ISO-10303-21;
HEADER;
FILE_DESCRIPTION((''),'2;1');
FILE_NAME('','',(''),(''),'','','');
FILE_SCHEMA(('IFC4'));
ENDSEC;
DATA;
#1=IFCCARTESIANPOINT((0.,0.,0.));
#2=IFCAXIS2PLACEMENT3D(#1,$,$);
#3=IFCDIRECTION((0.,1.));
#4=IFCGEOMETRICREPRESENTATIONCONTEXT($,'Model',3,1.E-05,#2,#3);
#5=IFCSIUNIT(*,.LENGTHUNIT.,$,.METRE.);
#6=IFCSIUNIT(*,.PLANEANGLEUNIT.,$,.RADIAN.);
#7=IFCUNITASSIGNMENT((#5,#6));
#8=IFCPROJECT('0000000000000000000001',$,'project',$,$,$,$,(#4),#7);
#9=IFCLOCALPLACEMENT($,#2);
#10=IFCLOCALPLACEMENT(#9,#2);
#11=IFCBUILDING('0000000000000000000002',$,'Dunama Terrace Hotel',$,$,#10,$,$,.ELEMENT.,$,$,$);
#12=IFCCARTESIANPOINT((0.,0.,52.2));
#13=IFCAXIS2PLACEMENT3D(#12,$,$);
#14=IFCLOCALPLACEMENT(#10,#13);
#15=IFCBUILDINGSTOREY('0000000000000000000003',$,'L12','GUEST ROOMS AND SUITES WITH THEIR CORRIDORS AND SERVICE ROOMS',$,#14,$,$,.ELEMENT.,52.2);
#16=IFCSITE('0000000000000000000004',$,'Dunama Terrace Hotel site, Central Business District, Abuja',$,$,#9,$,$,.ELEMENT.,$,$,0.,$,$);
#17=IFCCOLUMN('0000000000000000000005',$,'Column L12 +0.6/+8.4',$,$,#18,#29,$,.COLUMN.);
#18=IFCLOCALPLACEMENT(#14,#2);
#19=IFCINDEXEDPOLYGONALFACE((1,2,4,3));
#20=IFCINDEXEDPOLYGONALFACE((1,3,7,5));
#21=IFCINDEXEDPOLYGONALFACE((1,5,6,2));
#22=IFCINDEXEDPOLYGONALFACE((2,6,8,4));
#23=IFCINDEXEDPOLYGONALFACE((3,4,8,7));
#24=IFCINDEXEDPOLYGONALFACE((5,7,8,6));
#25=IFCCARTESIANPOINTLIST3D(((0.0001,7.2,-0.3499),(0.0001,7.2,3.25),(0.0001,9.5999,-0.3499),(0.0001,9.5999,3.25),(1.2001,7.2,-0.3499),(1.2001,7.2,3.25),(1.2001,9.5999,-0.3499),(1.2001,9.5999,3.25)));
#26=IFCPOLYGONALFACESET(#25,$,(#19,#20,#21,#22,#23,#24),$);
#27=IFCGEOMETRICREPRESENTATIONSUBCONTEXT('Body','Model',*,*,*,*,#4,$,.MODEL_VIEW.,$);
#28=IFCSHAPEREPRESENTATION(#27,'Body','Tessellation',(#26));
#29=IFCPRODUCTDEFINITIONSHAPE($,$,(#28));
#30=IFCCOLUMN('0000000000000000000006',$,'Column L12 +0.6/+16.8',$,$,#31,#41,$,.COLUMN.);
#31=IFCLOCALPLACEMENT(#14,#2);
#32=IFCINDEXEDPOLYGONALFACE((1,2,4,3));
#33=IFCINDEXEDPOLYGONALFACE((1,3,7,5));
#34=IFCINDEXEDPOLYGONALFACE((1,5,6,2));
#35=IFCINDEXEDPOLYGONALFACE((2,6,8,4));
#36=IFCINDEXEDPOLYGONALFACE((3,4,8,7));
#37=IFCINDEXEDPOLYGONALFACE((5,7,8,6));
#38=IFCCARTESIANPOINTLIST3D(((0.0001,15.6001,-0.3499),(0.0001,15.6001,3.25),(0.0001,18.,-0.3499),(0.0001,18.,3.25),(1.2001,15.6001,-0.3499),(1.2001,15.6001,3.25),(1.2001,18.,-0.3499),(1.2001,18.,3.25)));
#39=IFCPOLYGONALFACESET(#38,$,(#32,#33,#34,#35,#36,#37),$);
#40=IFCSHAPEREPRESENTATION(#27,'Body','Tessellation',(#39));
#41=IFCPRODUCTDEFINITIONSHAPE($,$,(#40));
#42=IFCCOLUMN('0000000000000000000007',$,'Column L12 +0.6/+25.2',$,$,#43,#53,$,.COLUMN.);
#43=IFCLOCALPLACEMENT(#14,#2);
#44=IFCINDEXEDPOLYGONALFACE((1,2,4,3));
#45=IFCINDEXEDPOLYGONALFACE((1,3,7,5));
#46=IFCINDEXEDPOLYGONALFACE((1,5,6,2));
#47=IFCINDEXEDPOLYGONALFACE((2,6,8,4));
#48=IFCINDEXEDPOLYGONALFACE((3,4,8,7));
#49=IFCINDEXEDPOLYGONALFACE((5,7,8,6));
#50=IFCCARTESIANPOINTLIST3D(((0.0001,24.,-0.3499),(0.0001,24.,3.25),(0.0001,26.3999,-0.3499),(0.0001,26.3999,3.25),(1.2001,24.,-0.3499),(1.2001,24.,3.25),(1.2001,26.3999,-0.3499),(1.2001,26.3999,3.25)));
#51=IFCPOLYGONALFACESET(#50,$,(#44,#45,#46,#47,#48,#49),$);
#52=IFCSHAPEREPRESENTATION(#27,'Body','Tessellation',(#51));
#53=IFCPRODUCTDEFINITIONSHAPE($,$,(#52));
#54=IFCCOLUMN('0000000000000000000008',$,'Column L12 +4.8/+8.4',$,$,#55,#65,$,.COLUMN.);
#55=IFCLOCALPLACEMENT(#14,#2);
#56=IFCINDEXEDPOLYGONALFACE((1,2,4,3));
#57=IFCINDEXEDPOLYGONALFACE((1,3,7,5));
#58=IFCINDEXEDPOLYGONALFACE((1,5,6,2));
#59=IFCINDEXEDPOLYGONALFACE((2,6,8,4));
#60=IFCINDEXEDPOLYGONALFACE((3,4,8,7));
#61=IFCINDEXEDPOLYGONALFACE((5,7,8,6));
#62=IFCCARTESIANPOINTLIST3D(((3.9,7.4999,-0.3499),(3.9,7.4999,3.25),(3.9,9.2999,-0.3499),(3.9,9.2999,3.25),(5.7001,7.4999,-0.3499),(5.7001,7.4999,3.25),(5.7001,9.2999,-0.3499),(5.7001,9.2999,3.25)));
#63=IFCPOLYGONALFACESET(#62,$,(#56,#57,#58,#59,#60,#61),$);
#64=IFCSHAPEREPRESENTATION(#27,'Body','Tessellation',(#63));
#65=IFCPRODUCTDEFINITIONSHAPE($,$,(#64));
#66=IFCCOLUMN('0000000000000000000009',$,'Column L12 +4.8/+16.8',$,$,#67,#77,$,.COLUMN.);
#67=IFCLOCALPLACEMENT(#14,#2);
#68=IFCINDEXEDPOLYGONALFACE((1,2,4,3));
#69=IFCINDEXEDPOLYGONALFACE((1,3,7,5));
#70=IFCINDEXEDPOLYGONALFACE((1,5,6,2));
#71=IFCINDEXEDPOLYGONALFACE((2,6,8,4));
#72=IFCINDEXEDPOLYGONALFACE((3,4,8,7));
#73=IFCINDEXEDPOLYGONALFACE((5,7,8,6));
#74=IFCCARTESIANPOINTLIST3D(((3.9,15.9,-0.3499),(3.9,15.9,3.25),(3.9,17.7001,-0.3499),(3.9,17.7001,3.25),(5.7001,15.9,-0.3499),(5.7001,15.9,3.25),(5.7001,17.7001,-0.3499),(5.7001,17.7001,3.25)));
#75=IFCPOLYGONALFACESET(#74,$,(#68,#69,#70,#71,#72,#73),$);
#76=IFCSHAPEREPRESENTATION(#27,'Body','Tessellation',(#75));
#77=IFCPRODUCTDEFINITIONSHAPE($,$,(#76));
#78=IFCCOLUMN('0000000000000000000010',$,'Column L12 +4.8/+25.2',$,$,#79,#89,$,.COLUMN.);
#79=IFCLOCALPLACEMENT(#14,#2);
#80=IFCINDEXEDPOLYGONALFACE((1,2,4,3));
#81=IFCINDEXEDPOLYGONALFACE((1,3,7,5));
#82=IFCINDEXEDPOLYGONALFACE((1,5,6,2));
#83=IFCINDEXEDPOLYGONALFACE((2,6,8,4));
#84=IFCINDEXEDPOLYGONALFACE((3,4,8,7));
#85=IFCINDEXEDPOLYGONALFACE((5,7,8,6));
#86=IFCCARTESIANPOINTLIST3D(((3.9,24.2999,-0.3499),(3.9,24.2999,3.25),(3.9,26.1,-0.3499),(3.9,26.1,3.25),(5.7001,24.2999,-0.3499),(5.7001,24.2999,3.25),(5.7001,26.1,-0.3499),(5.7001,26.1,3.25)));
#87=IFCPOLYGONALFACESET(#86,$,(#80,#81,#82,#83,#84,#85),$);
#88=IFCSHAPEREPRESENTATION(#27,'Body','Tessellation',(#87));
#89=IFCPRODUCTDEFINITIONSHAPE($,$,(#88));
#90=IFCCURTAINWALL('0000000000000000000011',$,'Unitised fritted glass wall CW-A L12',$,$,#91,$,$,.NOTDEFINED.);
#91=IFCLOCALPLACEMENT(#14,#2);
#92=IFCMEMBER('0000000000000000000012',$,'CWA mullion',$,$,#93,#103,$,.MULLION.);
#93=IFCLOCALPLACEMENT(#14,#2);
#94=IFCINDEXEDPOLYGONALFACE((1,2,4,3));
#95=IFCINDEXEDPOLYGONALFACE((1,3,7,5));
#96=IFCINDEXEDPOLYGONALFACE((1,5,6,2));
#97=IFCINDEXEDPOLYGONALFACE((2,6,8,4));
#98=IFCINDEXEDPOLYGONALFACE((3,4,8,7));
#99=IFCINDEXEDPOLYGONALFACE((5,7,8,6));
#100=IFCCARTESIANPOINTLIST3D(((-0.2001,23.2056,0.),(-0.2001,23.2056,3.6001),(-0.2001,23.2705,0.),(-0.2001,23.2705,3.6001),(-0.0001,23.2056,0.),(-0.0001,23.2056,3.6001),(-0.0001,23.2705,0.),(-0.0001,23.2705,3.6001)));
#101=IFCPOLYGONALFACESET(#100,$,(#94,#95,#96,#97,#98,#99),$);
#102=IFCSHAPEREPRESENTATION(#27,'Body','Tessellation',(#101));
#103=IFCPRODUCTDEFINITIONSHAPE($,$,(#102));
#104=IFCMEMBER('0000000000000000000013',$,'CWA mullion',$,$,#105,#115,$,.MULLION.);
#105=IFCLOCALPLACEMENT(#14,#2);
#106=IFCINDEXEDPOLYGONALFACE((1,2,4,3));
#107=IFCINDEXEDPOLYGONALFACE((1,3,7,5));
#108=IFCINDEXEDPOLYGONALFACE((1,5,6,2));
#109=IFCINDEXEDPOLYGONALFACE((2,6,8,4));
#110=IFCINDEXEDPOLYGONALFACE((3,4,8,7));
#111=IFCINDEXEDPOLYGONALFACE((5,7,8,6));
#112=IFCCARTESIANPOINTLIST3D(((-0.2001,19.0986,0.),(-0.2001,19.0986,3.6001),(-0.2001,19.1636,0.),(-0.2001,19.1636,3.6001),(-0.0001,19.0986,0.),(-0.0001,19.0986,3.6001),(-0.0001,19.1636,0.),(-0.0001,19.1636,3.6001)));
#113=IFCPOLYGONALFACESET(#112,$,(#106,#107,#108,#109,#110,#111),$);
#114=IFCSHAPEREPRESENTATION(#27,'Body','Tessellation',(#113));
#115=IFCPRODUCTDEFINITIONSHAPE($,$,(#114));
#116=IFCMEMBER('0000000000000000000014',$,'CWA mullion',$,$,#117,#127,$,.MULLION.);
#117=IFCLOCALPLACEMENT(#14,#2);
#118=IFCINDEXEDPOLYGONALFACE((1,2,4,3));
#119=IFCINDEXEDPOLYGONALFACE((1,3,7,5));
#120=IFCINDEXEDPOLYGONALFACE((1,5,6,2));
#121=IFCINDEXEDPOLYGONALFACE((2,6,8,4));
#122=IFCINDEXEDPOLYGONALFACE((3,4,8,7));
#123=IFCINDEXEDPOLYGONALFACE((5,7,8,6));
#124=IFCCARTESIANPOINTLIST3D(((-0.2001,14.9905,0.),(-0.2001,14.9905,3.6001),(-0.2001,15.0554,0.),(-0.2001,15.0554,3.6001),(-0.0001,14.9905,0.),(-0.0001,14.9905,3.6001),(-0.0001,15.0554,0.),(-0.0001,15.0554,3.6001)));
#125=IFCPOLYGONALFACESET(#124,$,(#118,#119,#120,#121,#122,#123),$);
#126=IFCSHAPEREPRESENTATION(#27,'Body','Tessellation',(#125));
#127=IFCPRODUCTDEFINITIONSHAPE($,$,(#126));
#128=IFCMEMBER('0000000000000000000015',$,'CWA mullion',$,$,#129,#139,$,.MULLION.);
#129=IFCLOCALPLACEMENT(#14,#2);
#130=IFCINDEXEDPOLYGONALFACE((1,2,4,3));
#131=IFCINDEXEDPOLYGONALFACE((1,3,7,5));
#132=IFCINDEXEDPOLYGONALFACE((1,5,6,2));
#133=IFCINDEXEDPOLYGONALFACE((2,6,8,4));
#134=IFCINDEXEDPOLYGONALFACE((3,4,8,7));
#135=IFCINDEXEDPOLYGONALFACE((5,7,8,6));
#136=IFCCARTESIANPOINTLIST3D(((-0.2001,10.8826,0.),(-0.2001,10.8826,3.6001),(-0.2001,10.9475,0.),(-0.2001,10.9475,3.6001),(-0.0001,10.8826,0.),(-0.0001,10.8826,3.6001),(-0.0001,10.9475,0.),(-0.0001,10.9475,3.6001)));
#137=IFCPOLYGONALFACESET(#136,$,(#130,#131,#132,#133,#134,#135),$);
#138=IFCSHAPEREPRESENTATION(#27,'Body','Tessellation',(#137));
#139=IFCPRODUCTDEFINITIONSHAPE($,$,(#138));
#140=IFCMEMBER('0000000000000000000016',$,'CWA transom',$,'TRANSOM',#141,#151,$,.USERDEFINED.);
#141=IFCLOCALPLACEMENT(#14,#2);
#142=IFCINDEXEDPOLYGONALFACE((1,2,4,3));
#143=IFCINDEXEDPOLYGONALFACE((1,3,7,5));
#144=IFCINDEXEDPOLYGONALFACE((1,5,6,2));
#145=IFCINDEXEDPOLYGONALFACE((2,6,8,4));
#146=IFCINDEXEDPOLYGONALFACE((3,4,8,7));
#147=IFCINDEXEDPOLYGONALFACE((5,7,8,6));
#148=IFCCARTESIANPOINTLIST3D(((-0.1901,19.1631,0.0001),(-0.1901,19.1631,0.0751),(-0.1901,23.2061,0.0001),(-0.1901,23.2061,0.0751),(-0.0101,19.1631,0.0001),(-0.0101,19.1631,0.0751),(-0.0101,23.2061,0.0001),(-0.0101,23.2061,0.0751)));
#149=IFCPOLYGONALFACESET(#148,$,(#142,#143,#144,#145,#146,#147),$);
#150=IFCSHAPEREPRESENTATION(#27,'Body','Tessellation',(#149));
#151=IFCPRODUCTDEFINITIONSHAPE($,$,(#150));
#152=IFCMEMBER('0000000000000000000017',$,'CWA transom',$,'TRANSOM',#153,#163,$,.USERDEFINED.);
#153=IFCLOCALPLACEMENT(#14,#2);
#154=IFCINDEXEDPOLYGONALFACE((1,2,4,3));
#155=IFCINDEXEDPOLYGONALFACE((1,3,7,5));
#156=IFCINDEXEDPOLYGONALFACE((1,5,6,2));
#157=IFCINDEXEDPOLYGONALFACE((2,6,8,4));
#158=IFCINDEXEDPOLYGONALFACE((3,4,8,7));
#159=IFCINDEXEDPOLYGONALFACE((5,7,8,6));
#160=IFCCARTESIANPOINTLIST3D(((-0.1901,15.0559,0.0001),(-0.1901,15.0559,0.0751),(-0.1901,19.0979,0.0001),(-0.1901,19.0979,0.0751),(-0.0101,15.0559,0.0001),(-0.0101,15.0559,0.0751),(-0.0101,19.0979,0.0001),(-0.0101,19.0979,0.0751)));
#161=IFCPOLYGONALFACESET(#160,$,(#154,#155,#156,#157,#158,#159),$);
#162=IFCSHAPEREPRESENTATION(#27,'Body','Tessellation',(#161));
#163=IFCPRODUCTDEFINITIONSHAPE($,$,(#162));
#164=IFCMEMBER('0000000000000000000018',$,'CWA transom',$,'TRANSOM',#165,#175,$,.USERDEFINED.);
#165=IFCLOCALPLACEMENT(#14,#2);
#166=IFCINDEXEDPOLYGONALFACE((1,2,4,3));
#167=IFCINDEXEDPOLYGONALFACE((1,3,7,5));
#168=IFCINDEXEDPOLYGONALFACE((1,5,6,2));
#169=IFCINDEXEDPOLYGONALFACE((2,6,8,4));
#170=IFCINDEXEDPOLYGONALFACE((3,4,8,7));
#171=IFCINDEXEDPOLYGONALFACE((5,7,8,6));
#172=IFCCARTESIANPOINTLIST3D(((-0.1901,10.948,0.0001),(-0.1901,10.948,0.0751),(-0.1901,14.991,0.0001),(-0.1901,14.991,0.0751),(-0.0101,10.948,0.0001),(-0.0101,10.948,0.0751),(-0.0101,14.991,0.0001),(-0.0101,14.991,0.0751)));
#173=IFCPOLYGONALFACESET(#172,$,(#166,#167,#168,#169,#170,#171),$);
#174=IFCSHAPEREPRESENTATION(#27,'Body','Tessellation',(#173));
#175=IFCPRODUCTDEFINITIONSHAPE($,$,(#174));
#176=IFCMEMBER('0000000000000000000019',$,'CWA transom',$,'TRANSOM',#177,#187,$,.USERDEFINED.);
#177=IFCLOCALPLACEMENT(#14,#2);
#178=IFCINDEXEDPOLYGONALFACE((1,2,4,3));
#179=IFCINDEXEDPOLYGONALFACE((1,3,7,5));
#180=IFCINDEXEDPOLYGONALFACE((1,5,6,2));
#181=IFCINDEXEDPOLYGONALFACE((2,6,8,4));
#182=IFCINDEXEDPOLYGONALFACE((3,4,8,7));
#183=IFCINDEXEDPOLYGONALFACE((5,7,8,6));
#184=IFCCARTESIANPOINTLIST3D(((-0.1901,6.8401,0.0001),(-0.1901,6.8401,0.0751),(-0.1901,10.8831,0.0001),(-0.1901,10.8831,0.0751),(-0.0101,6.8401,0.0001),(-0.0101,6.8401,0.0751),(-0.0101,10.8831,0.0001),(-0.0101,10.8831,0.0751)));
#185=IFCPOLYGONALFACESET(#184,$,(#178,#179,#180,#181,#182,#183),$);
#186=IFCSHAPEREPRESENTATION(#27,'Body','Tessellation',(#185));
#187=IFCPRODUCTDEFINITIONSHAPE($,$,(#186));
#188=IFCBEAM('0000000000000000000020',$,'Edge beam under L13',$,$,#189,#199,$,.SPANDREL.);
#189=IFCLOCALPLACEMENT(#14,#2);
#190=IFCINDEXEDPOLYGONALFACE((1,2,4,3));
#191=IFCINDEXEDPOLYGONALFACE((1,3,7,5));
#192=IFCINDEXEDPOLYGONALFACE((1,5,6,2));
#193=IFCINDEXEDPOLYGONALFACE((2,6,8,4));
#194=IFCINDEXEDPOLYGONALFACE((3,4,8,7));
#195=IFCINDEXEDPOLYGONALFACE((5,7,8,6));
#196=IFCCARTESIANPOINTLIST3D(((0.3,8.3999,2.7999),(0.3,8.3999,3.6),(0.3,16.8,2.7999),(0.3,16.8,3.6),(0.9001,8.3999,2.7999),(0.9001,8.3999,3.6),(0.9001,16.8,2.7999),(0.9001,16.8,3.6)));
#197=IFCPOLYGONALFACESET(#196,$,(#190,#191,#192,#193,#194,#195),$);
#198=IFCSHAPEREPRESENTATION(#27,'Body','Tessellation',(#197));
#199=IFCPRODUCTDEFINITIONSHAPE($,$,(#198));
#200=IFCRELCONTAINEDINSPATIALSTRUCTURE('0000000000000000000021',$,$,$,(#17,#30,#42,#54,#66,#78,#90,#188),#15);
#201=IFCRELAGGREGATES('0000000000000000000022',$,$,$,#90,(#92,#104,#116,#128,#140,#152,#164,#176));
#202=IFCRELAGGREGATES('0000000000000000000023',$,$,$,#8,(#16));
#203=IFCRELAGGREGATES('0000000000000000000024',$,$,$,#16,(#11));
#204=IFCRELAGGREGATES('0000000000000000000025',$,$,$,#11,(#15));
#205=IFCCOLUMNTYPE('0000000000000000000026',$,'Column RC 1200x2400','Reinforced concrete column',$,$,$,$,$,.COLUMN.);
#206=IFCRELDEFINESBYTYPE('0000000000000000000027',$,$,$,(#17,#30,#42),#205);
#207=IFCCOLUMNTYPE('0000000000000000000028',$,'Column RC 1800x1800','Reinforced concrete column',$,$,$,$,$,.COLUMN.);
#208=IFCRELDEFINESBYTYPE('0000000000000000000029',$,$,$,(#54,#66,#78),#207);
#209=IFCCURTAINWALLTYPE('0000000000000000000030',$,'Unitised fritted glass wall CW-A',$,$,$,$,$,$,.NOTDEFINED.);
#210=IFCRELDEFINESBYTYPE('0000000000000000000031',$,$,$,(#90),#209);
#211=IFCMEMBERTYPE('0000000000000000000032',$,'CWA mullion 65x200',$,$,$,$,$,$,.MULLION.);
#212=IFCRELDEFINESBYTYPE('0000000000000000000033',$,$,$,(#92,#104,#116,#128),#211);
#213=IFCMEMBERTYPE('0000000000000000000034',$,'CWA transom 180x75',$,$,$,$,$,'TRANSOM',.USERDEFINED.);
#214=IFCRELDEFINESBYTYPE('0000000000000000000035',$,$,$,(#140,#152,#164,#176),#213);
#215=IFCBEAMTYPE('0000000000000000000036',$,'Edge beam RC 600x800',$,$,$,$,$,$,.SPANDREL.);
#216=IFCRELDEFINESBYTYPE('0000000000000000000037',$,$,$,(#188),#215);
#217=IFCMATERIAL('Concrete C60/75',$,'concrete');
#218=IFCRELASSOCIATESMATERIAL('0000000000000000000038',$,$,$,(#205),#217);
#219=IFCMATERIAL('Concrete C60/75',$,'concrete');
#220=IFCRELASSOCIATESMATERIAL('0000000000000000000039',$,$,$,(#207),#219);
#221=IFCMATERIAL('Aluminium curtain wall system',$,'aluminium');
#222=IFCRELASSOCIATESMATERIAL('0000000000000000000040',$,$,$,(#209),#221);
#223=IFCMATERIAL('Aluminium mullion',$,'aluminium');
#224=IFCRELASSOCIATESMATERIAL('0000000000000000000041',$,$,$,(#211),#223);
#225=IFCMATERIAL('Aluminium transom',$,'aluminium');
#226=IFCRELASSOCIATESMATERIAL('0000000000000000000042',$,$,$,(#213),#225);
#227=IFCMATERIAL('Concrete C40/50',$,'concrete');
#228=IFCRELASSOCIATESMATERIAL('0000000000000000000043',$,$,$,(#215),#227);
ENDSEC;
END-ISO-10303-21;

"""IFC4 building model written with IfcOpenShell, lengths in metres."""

from ifc_helpers import new_model, si_unit, direction, frame, origin, origin_2d, place, context, subcontext, project, spatial, rectangle, extrude, material, material_profile, profile_set, type_object, element, aggregate, save


model = new_model("IFC4")

# Units and contexts
model_context = context("Model", 3, precision=1e-05, world=origin(), true_north=direction((0.0, 1.0)))
body_context = subcontext(model_context, "Body", "Model", "MODEL_VIEW")
ifc_project = project(units=[si_unit("LENGTHUNIT", "METRE"), si_unit("PLANEANGLEUNIT", "RADIAN")], contexts=[model_context])

# Site, building, storey
site_placement = place(None, origin())
site = spatial("IfcSite", under=ifc_project, at=site_placement, Name="Dunama Terrace Hotel site, Central Business District, Abuja", CompositionType="ELEMENT", RefElevation=0.0)
building_placement = place(site_placement, origin())
building = spatial("IfcBuilding", under=site, at=building_placement, Name="Dunama Terrace Hotel", CompositionType="ELEMENT")
storey_placement = place(building_placement, frame((0.0, 0.0, 52.2)))
storey = spatial("IfcBuildingStorey", under=building, at=storey_placement, Name="L12", Description="GUEST ROOMS AND SUITES WITH THEIR CORRIDORS AND SERVICE ROOMS", CompositionType="ELEMENT", Elevation=52.2)

# Columns
ifc_material_1 = material(Name="Concrete C60/75", Category="concrete")
ifc_material_profile_1 = material_profile(ifc_material_1, rectangle(XDim=1.2, YDim=2.3999, at=origin_2d()), Name="RC 1200x2400")
ifc_profile_set_1 = profile_set([ifc_material_profile_1], Name="Concrete C60/75")
column_type_1 = type_object("IfcColumnType", Name="Column RC 1200x2400", Description="Reinforced concrete column", PredefinedType="COLUMN", material=ifc_profile_set_1)
for number, where, z_axis, x_axis, name in (
    (1, (0.6001, 8.3999, -0.3499), (0.0, 0.0, 1.0), (1.0, 0.0, 0.0), "Column L12 +0.6/+8.4"),
    (2, (0.6001, 16.8, -0.3499), (0.0, 0.0, 1.0), (1.0, 0.0, 0.0), "Column L12 +0.6/+16.8"),
    (3, (0.6001, 25.2, -0.3499), (0.0, 0.0, 1.0), (1.0, 0.0, 0.0), "Column L12 +0.6/+25.2"),
):
    element("IfcColumn", number, at=place(storey_placement, frame(where, z_axis=z_axis, x_axis=x_axis)), inside=storey, type_object=column_type_1, Name=name, PredefinedType="COLUMN", context=body_context, shape_type="SweptSolid", body=[
        extrude(rectangle(XDim=1.2, YDim=2.3999, at=origin_2d()), origin(), (0.0, 0.0, 1.0), 3.5999),
    ])
ifc_material_2 = material(Name="Concrete C60/75", Category="concrete")
ifc_material_profile_2 = material_profile(ifc_material_2, rectangle(XDim=1.8, YDim=1.8, at=origin_2d()), Name="RC 1800x1800")
ifc_profile_set_2 = profile_set([ifc_material_profile_2], Name="Concrete C60/75")
column_type_2 = type_object("IfcColumnType", Name="Column RC 1800x1800", Description="Reinforced concrete column", PredefinedType="COLUMN", material=ifc_profile_set_2)
for number, where, z_axis, x_axis, name in (
    (4, (4.8, 8.3999, -0.3499), (0.0, 0.0, 1.0), (1.0, 0.0, 0.0), "Column L12 +4.8/+8.4"),
    (5, (4.8, 16.8, -0.3499), (0.0, 0.0, 1.0), (1.0, 0.0, 0.0), "Column L12 +4.8/+16.8"),
    (6, (4.8, 25.2, -0.3499), (0.0, 0.0, 1.0), (1.0, 0.0, 0.0), "Column L12 +4.8/+25.2"),
):
    element("IfcColumn", number, at=place(storey_placement, frame(where, z_axis=z_axis, x_axis=x_axis)), inside=storey, type_object=column_type_2, Name=name, PredefinedType="COLUMN", context=body_context, shape_type="SweptSolid", body=[
        extrude(rectangle(XDim=1.8, YDim=1.8, at=origin_2d()), origin(), (0.0, 0.0, 1.0), 3.5999),
    ])

# Curtain wall, members
ifc_material_3 = material(Name="Aluminium curtain wall system", Category="aluminium")
curtain_wall_type = type_object("IfcCurtainWallType", Name="Unitised fritted glass wall CW-A", PredefinedType="NOTDEFINED", material=ifc_material_3)
curtain_wall_placement = place(storey_placement, origin())
curtain_wall = element("IfcCurtainWall", 7, at=curtain_wall_placement, inside=storey, type_object=curtain_wall_type, Name="Unitised fritted glass wall CW-A L12", PredefinedType="NOTDEFINED")
ifc_material_4 = material(Name="Aluminium mullion", Category="aluminium")
ifc_material_profile_3 = material_profile(ifc_material_4, rectangle(XDim=0.0649, YDim=0.2, at=origin_2d()), Name="CWA MULLION 65X200")
ifc_profile_set_3 = profile_set([ifc_material_profile_3], Name="Aluminium mullion")
member_type_1 = type_object("IfcMemberType", Name="CWA mullion 65x200", PredefinedType="MULLION", material=ifc_profile_set_3)
member_1_placement = place(storey_placement, frame((-0.1001, 23.238, 0.0), z_axis=(0.0, 0.0, 1.0), x_axis=(0.0, -1.0, 0.0)))
member_1 = element("IfcMember", 8, at=member_1_placement, type_object=member_type_1, Name="CWA mullion", PredefinedType="MULLION", context=body_context, shape_type="SweptSolid", body=[
    extrude(rectangle(XDim=0.0649, YDim=0.2, at=origin_2d()), origin(), (0.0, 0.0, 1.0), 3.6001),
])
member_2_placement = place(storey_placement, frame((-0.1001, 19.1311, 0.0), z_axis=(0.0, 0.0, 1.0), x_axis=(0.0, -1.0, 0.0)))
member_2 = element("IfcMember", 9, at=member_2_placement, type_object=member_type_1, Name="CWA mullion", PredefinedType="MULLION", context=body_context, shape_type="SweptSolid", body=[
    extrude(rectangle(XDim=0.0649, YDim=0.2, at=origin_2d()), origin(), (0.0, 0.0, 1.0), 3.6001),
])
member_3_placement = place(storey_placement, frame((-0.1001, 15.0229, 0.0), z_axis=(0.0, 0.0, 1.0), x_axis=(0.0, -1.0, 0.0)))
member_3 = element("IfcMember", 10, at=member_3_placement, type_object=member_type_1, Name="CWA mullion", PredefinedType="MULLION", context=body_context, shape_type="SweptSolid", body=[
    extrude(rectangle(XDim=0.0649, YDim=0.2, at=origin_2d()), origin(), (0.0, 0.0, 1.0), 3.6001),
])
member_4_placement = place(storey_placement, frame((-0.1001, 10.915, 0.0), z_axis=(0.0, 0.0, 1.0), x_axis=(0.0, -1.0, 0.0)))
member_4 = element("IfcMember", 11, at=member_4_placement, type_object=member_type_1, Name="CWA mullion", PredefinedType="MULLION", context=body_context, shape_type="SweptSolid", body=[
    extrude(rectangle(XDim=0.0649, YDim=0.2, at=origin_2d()), origin(), (0.0, 0.0, 1.0), 3.6001),
])
ifc_material_5 = material(Name="Aluminium transom", Category="aluminium")
ifc_material_profile_4 = material_profile(ifc_material_5, rectangle(XDim=0.1799, YDim=0.075, at=origin_2d()), Name="CWA TRANSOM 180X75")
ifc_profile_set_4 = profile_set([ifc_material_profile_4], Name="Aluminium transom")
member_type_2 = type_object("IfcMemberType", Name="CWA transom 180x75", ElementType="TRANSOM", PredefinedType="USERDEFINED", material=ifc_profile_set_4)
member_5_placement = place(storey_placement, frame((-0.1001, 23.2061, 0.0376), z_axis=(0.0, -1.0, 0.0), x_axis=(1.0, 0.0, 0.0)))
member_5 = element("IfcMember", 12, at=member_5_placement, type_object=member_type_2, Name="CWA transom", ObjectType="TRANSOM", PredefinedType="USERDEFINED", context=body_context, shape_type="SweptSolid", body=[
    extrude(rectangle(XDim=0.1799, YDim=0.075, at=origin_2d()), origin(), (0.0, 0.0, 1.0), 4.043),
])
member_6_placement = place(storey_placement, frame((-0.1001, 19.0979, 0.0376), z_axis=(0.0, -1.0, 0.0), x_axis=(1.0, 0.0, 0.0)))
member_6 = element("IfcMember", 13, at=member_6_placement, type_object=member_type_2, Name="CWA transom", ObjectType="TRANSOM", PredefinedType="USERDEFINED", context=body_context, shape_type="SweptSolid", body=[
    extrude(rectangle(XDim=0.1799, YDim=0.075, at=origin_2d()), origin(), (0.0, 0.0, 1.0), 4.042),
])
member_7_placement = place(storey_placement, frame((-0.1001, 14.991, 0.0376), z_axis=(0.0, -1.0, 0.0), x_axis=(1.0, 0.0, 0.0)))
member_7 = element("IfcMember", 14, at=member_7_placement, type_object=member_type_2, Name="CWA transom", ObjectType="TRANSOM", PredefinedType="USERDEFINED", context=body_context, shape_type="SweptSolid", body=[
    extrude(rectangle(XDim=0.1799, YDim=0.075, at=origin_2d()), origin(), (0.0, 0.0, 1.0), 4.043),
])
member_8_placement = place(storey_placement, frame((-0.1001, 10.8831, 0.0376), z_axis=(0.0, -1.0, 0.0), x_axis=(1.0, 0.0, 0.0)))
member_8 = element("IfcMember", 15, at=member_8_placement, type_object=member_type_2, Name="CWA transom", ObjectType="TRANSOM", PredefinedType="USERDEFINED", context=body_context, shape_type="SweptSolid", body=[
    extrude(rectangle(XDim=0.1799, YDim=0.075, at=origin_2d()), origin(), (0.0, 0.0, 1.0), 4.043),
])

# Beam
ifc_material_6 = material(Name="Concrete C40/50", Category="concrete")
ifc_material_profile_5 = material_profile(ifc_material_6, rectangle(XDim=0.6001, YDim=0.8, at=origin_2d()), Name="RC 600x800")
ifc_profile_set_5 = profile_set([ifc_material_profile_5], Name="Concrete C40/50")
beam_type = type_object("IfcBeamType", Name="Edge beam RC 600x800", PredefinedType="SPANDREL", material=ifc_profile_set_5)
beam_1_placement = place(storey_placement, frame((0.6001, 8.3999, 3.2), z_axis=(0.0, 1.0, 0.0), x_axis=(-1.0, 0.0, 0.0)))
element("IfcBeam", 16, at=beam_1_placement, inside=storey, type_object=beam_type, Name="Edge beam under L13", PredefinedType="SPANDREL", context=body_context, shape_type="SweptSolid", body=[
    extrude(rectangle(XDim=0.6001, YDim=0.8, at=origin_2d()), origin(), (0.0, 0.0, 1.0), 8.4001),
])

aggregate(curtain_wall, [member_1, member_2, member_3, member_4, member_5, member_6, member_7, member_8])

save(model, "model.ifc")
